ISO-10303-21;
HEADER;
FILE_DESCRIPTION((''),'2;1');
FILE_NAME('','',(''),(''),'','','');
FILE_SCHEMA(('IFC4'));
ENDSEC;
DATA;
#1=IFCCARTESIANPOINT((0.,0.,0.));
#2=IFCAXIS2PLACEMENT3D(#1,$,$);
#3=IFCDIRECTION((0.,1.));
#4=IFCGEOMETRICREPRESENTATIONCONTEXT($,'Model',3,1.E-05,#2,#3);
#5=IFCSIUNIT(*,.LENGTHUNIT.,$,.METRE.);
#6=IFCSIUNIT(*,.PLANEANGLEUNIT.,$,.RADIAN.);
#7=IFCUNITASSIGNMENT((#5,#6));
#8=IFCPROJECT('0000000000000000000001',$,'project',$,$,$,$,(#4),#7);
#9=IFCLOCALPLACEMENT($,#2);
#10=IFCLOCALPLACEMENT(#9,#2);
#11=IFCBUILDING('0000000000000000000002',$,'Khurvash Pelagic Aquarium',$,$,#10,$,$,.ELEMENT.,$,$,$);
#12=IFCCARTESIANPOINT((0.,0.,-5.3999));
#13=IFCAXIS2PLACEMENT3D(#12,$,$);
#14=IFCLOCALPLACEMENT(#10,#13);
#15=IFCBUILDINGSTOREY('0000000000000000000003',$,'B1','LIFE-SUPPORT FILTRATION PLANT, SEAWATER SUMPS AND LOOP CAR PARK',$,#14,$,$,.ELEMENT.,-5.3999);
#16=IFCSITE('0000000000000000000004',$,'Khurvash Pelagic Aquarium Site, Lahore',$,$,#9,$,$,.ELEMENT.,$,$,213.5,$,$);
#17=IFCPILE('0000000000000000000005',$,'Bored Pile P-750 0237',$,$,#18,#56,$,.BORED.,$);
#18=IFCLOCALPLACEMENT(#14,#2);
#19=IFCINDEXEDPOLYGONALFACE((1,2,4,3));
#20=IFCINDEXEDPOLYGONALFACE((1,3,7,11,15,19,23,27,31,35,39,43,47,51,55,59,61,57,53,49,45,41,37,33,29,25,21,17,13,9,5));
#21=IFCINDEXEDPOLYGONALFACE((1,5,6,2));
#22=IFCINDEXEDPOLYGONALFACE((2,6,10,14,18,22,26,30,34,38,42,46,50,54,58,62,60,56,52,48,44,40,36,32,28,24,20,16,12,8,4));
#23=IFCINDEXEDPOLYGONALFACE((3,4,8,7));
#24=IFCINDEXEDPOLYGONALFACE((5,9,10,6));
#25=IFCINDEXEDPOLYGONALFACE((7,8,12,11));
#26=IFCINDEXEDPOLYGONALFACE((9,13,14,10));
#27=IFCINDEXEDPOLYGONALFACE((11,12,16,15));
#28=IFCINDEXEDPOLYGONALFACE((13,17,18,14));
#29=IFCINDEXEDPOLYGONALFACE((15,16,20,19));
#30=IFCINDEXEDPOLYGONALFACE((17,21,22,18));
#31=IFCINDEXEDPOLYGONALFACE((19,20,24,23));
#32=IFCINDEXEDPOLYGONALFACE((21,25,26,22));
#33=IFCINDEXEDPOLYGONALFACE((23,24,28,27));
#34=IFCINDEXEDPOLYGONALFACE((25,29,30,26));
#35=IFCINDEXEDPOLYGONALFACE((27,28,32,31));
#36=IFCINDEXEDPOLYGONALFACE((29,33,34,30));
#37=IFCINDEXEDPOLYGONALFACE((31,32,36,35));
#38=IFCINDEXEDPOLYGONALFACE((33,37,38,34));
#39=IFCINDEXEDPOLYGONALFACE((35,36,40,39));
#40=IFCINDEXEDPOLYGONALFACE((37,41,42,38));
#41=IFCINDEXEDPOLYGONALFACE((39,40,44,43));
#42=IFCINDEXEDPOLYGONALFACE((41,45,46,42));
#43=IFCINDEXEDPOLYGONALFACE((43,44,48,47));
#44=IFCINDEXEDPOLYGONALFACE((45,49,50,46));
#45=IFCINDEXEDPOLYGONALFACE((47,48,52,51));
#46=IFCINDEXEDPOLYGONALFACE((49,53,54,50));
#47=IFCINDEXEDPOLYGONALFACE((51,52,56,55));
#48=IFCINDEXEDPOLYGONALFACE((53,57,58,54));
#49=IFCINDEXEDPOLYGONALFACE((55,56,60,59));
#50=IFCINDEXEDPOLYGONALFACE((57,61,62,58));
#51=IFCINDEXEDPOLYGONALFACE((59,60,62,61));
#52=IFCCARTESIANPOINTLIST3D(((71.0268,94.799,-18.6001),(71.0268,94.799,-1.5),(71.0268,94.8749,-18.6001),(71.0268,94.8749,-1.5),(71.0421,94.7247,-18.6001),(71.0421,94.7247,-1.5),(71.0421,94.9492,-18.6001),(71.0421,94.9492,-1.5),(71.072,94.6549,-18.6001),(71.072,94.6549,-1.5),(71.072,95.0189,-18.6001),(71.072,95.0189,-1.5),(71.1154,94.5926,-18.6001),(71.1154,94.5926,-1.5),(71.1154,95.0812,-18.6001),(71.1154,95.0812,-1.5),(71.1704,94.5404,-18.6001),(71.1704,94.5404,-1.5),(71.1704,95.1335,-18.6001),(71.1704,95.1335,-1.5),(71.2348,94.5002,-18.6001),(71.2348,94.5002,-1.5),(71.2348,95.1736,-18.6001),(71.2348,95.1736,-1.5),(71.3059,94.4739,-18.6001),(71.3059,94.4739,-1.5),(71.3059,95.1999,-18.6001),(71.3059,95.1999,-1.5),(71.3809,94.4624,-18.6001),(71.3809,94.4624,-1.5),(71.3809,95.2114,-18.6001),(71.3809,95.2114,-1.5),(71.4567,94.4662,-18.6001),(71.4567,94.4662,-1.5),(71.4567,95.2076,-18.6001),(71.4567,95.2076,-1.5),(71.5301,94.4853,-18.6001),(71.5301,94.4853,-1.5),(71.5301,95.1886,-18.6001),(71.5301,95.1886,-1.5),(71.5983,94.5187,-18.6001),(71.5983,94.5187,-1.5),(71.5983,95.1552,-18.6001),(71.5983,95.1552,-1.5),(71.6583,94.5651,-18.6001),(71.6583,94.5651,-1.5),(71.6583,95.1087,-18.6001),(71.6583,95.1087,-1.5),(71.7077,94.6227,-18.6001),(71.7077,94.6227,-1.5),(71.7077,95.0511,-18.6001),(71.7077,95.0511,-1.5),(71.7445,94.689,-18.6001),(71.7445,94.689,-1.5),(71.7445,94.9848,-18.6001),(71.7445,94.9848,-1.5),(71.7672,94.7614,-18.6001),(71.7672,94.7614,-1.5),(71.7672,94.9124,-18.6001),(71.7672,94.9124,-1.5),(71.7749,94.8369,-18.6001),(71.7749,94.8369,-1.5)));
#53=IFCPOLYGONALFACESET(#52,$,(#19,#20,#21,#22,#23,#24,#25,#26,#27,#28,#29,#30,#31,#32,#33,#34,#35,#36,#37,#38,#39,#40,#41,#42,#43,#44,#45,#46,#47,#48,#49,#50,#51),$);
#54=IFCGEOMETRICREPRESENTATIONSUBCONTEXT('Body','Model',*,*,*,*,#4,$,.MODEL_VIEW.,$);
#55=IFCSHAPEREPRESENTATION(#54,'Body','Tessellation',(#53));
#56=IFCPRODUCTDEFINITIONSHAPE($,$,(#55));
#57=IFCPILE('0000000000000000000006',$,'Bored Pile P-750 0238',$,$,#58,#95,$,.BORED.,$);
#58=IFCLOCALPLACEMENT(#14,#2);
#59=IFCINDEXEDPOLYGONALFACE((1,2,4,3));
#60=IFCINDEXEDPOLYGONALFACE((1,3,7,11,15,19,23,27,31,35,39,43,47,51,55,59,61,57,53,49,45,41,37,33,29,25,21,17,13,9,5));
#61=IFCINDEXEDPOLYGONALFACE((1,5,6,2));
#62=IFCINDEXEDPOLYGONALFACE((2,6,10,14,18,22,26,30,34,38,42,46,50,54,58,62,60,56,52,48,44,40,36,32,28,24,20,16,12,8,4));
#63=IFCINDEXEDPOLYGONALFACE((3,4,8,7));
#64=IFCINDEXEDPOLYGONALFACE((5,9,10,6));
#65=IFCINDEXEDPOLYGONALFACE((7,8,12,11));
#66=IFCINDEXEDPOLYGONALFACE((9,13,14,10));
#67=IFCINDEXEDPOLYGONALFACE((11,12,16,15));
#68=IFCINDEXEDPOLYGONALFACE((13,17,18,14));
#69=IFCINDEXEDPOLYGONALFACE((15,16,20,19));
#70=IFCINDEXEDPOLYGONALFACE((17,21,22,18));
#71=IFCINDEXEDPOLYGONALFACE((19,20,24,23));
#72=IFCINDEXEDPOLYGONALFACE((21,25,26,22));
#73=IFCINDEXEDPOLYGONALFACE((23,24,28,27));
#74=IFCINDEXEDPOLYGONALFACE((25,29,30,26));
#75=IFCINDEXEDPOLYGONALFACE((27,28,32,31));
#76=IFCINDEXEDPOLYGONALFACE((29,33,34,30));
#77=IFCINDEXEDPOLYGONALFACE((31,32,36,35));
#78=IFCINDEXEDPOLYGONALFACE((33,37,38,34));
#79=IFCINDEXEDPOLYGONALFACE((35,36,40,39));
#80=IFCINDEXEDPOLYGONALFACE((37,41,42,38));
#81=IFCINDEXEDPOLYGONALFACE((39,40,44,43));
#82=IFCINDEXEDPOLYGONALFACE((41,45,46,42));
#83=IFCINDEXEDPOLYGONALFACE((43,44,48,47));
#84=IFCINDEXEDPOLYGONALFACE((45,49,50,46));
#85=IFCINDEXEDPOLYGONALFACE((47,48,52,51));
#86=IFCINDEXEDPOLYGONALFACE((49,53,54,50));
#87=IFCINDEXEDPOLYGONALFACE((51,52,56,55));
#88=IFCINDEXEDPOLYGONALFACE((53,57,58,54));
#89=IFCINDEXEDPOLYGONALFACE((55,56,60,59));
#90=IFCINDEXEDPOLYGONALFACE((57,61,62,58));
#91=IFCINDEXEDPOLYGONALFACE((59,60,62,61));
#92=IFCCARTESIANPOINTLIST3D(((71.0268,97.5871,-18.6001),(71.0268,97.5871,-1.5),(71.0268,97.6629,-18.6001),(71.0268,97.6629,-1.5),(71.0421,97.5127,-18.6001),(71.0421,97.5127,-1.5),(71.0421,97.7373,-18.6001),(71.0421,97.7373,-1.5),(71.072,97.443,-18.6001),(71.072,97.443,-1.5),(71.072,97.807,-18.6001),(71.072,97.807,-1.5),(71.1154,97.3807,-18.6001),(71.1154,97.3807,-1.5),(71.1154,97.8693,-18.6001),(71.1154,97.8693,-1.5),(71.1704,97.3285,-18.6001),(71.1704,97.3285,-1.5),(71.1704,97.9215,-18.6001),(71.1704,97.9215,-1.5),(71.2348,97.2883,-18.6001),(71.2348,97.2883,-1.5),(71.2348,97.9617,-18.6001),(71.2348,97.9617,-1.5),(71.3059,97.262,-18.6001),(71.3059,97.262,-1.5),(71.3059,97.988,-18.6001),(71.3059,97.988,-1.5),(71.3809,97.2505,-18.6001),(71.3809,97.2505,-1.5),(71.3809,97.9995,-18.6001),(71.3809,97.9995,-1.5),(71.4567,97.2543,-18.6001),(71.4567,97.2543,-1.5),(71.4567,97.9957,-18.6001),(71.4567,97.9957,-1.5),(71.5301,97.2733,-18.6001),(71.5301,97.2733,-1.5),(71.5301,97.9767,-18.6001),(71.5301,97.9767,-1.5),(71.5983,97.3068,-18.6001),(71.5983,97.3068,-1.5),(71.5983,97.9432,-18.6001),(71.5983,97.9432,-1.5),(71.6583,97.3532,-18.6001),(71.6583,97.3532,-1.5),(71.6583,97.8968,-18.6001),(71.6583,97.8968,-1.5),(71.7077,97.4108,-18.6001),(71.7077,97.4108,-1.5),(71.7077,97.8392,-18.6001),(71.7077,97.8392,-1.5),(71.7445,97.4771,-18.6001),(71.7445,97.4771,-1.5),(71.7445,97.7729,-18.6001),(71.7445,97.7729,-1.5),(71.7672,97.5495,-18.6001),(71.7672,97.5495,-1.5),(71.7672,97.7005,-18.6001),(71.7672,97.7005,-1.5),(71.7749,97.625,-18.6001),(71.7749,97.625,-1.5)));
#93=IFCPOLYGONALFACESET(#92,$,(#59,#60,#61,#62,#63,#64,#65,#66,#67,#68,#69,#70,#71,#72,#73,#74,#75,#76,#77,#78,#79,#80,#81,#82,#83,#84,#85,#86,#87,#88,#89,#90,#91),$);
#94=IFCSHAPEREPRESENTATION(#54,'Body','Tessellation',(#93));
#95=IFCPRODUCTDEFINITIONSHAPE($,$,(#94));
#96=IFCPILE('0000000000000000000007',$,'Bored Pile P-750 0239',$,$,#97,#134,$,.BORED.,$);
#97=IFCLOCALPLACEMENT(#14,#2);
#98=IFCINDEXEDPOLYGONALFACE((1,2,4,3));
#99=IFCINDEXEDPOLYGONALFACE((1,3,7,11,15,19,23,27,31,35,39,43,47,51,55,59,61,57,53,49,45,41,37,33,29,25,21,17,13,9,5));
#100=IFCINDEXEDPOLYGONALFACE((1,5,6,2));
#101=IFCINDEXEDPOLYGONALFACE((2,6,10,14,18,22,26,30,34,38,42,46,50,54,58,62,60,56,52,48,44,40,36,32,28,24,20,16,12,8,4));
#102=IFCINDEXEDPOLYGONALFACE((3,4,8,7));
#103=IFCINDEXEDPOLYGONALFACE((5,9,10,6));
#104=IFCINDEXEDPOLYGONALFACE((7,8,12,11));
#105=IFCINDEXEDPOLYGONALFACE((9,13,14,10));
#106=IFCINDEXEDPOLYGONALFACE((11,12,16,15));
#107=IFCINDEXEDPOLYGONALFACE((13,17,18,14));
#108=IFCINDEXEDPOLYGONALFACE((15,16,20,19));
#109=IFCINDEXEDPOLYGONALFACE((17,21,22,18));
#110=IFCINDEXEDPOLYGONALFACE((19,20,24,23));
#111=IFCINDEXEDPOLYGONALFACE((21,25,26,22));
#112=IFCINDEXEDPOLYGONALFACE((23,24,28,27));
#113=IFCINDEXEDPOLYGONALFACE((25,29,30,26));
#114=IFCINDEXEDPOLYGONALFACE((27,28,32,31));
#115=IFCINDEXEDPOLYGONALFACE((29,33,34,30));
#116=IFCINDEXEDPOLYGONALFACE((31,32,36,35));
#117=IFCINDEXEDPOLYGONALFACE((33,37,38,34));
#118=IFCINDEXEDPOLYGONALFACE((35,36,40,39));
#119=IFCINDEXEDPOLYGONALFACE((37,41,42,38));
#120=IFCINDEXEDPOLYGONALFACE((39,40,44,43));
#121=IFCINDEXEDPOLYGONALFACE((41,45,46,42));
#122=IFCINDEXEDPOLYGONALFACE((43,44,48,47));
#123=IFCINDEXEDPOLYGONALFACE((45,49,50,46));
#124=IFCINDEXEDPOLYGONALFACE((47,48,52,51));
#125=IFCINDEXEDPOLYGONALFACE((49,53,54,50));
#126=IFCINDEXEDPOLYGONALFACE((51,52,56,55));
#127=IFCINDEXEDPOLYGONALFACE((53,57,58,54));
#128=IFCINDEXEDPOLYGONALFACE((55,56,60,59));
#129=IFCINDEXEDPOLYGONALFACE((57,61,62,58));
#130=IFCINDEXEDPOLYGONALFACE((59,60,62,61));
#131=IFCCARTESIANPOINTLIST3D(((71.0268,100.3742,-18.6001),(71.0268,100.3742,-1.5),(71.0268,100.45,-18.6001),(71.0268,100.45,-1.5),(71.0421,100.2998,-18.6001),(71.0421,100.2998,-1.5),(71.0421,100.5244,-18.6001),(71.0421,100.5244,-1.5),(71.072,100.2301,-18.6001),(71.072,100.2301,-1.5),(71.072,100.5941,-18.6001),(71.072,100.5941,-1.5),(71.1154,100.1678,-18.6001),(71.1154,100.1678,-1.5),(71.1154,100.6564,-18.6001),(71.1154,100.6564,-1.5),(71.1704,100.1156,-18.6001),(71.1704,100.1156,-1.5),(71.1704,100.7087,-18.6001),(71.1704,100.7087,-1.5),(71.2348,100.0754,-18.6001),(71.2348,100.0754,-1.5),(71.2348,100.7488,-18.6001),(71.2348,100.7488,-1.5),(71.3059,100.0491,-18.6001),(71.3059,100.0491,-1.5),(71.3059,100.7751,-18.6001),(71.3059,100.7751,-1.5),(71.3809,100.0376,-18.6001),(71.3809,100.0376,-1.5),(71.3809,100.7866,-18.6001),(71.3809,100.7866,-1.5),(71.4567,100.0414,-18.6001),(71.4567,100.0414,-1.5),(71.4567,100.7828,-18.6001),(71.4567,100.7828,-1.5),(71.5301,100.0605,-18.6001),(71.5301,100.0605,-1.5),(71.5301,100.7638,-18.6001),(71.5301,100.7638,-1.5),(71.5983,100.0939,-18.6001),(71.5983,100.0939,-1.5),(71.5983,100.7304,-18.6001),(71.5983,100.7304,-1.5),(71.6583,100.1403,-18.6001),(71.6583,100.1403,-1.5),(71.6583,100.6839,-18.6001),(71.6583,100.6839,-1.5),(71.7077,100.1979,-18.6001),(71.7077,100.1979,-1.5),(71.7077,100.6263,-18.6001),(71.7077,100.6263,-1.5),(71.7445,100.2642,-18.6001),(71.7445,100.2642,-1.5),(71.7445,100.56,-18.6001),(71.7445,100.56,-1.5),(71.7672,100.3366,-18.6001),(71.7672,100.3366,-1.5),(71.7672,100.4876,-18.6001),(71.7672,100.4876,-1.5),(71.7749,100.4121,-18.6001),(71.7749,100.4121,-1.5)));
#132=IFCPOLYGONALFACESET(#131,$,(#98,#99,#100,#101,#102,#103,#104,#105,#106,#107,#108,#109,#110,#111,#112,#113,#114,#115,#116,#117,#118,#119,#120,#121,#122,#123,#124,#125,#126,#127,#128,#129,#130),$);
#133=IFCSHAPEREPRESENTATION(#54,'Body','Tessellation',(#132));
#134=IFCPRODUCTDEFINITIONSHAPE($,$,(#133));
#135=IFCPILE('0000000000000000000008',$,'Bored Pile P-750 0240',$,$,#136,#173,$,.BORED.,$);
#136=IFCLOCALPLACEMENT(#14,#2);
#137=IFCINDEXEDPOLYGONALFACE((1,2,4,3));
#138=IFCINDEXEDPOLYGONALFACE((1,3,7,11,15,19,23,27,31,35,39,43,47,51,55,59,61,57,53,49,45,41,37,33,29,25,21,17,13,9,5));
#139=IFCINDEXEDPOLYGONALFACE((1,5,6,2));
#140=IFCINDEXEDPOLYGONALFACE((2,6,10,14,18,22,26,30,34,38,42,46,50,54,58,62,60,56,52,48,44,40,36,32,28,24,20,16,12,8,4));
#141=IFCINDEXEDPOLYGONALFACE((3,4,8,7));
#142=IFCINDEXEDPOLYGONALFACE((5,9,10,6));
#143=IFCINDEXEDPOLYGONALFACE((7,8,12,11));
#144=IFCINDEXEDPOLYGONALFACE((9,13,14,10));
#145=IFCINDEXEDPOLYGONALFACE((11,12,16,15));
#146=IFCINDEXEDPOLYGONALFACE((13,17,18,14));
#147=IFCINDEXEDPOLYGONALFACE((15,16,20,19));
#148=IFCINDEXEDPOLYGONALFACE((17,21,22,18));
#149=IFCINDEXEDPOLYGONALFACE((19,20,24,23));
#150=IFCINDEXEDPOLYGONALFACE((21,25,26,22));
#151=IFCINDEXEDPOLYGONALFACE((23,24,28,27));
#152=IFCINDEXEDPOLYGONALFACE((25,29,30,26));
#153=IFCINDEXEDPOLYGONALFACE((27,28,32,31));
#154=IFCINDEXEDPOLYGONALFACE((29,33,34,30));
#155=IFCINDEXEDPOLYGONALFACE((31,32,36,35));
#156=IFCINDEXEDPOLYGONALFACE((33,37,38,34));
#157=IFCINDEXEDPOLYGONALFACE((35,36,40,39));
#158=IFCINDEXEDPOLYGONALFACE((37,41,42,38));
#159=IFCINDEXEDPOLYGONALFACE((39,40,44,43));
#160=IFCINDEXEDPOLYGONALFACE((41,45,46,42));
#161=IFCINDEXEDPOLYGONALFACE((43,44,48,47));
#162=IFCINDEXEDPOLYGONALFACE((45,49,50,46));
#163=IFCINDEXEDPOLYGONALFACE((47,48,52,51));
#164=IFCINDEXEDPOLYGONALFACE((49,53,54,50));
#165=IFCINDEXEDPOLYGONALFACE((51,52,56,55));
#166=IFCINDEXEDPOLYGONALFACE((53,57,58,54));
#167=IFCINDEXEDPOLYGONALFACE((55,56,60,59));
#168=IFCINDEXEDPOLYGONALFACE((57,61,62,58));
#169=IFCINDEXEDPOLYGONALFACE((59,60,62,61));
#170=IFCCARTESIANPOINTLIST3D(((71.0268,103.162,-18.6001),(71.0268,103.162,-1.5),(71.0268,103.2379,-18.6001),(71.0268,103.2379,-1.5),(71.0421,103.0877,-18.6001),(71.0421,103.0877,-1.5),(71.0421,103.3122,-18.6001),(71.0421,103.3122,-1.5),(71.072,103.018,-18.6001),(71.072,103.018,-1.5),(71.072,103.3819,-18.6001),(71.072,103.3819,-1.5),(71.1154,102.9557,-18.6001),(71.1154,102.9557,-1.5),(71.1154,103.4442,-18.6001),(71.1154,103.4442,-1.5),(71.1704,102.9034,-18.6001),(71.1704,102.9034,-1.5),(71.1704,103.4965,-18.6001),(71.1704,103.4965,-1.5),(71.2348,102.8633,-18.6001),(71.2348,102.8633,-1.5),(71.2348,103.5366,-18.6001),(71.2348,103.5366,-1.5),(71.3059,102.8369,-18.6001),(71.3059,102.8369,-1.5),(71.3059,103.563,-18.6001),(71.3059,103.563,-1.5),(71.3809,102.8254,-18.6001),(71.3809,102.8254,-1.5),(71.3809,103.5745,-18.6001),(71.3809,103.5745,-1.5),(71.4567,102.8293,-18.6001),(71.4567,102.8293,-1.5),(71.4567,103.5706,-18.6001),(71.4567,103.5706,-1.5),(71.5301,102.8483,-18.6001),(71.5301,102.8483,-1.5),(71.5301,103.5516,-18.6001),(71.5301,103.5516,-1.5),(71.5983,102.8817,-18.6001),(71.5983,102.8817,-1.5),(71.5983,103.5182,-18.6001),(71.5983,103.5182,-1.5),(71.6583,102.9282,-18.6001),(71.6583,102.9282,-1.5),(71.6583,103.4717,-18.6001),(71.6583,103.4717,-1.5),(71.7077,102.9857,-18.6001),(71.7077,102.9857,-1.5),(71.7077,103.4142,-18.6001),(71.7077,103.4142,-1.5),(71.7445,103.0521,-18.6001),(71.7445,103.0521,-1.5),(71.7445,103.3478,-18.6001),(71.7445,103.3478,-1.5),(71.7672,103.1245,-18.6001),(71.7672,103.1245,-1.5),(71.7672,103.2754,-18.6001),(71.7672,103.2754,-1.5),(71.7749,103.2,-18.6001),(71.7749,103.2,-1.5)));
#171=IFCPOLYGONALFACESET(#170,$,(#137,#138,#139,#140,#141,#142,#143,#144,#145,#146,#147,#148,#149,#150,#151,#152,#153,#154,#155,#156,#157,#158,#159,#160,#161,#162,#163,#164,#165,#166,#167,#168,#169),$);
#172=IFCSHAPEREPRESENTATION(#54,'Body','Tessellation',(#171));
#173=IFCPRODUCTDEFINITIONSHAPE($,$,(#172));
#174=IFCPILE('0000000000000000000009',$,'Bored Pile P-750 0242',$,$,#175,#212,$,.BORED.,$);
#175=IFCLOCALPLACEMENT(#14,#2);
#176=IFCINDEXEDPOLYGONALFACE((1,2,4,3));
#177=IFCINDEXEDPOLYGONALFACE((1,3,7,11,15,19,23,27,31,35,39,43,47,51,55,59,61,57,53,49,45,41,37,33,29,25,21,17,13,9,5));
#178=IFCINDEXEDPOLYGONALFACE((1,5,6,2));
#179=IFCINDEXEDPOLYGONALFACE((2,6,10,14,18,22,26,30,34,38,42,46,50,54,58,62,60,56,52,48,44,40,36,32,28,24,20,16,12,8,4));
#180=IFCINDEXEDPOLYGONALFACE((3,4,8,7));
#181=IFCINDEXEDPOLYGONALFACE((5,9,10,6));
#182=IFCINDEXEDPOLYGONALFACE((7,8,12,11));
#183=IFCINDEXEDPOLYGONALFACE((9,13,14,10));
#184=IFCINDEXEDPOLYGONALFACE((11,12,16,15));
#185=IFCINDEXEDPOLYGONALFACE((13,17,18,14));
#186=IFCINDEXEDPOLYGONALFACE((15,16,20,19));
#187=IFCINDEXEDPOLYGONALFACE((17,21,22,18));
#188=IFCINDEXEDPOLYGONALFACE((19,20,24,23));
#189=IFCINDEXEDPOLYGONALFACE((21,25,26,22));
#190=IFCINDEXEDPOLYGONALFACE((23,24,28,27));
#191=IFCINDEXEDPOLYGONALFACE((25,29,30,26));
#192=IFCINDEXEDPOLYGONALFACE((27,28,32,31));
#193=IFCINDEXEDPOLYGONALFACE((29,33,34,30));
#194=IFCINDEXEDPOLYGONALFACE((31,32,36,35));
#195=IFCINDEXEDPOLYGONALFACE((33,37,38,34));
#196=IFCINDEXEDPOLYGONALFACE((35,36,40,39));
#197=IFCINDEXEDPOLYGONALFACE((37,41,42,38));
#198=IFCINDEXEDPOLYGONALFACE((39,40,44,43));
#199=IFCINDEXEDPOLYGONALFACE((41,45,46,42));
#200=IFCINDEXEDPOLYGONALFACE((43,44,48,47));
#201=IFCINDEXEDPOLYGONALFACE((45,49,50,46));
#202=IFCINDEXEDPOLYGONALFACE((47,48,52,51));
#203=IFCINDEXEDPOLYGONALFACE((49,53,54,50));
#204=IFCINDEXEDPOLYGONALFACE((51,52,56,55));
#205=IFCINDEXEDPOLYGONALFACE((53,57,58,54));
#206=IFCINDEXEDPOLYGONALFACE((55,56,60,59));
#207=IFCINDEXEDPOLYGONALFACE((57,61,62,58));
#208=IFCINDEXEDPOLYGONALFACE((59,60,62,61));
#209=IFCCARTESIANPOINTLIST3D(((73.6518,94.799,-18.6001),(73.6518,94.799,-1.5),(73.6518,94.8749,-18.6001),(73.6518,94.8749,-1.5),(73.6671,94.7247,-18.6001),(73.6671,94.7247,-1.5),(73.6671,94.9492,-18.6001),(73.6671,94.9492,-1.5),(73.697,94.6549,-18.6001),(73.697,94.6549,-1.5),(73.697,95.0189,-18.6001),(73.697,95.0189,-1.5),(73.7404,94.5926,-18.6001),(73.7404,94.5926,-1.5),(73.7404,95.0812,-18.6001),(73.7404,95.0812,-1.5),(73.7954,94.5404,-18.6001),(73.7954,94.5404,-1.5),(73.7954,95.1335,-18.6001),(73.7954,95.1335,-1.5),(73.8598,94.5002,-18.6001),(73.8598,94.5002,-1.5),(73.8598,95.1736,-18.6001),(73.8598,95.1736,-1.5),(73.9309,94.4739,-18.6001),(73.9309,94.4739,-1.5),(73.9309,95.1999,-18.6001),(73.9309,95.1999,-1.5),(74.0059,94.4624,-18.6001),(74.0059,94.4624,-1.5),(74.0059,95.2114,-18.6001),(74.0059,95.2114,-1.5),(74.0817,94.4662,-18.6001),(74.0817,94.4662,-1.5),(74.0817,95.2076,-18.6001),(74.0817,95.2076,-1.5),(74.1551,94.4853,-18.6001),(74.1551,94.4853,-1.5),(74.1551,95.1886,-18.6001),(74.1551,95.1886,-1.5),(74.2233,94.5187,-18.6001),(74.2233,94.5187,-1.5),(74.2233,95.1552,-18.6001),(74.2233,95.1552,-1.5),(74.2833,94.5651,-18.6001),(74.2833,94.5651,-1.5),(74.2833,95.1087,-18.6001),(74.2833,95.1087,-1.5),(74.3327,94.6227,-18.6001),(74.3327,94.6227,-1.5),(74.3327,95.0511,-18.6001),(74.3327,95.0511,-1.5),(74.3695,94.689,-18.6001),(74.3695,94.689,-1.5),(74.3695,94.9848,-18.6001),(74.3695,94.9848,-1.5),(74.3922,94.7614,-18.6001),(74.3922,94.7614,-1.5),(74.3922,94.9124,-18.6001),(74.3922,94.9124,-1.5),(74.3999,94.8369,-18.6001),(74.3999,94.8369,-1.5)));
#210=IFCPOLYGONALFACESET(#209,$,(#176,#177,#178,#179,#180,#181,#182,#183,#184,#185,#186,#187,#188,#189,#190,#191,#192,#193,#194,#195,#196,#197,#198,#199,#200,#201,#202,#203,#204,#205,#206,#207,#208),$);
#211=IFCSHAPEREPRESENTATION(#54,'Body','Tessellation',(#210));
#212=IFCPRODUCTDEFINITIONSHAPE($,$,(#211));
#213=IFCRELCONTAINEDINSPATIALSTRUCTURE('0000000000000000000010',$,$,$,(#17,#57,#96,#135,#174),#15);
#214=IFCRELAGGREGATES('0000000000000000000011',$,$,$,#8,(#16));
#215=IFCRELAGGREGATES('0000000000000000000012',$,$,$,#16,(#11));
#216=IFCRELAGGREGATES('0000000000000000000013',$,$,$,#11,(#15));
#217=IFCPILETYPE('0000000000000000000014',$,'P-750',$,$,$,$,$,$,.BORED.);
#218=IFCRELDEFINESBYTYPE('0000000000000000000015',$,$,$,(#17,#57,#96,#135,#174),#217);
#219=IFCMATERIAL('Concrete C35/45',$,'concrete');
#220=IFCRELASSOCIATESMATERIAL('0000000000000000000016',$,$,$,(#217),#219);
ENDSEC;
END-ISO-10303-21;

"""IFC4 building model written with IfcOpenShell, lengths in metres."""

from ifc_helpers import new_model, si_unit, direction, frame, origin, origin_2d, place, context, subcontext, project, spatial, circle, extrude, material, material_profile, profile_set, type_object, element, save


model = new_model("IFC4")

# Units and contexts
model_context = context("Model", 3, precision=1e-05, world=origin(), true_north=direction((0.0, 1.0)))
body_context = subcontext(model_context, "Body", "Model", "MODEL_VIEW")
ifc_project = project(units=[si_unit("LENGTHUNIT", "METRE"), si_unit("PLANEANGLEUNIT", "RADIAN")], contexts=[model_context])

# Site, building, storey
site_placement = place(None, origin())
site = spatial("IfcSite", under=ifc_project, at=site_placement, Name="Khurvash Pelagic Aquarium Site, Lahore", CompositionType="ELEMENT", RefElevation=213.5)
building_placement = place(site_placement, origin())
building = spatial("IfcBuilding", under=site, at=building_placement, Name="Khurvash Pelagic Aquarium", CompositionType="ELEMENT")
storey_placement = place(building_placement, frame((0.0, 0.0, -5.3999)))
storey = spatial("IfcBuildingStorey", under=building, at=storey_placement, Name="B1", Description="LIFE-SUPPORT FILTRATION PLANT, SEAWATER SUMPS AND LOOP CAR PARK", CompositionType="ELEMENT", Elevation=-5.3999)

# Shared definitions
ifc_material_1 = material(Name="Concrete C35/45", Category="concrete")

# Piles
ifc_material_profile_1 = material_profile(ifc_material_1, circle(Radius=0.375, at=origin_2d()), Name="PILE750")
ifc_profile_set_1 = profile_set([ifc_material_profile_1], Name="Concrete C35/45")
pile_type = type_object("IfcPileType", Name="P-750", PredefinedType="BORED", material=ifc_profile_set_1)
for number, where, z_axis, x_axis, name in (
    (1, (71.3999, 94.8369, -1.5), (0.0, 0.0, -1.0), (1.0, 0.0, 0.0), "Bored Pile P-750 0237"),
    (2, (71.3999, 97.625, -1.5), (0.0, 0.0, -1.0), (1.0, 0.0, 0.0), "Bored Pile P-750 0238"),
    (3, (71.3999, 100.4121, -1.5), (0.0, 0.0, -1.0), (1.0, 0.0, 0.0), "Bored Pile P-750 0239"),
    (4, (71.3999, 103.2, -1.5), (0.0, 0.0, -1.0), (1.0, 0.0, 0.0), "Bored Pile P-750 0240"),
    (5, (74.0249, 94.8369, -1.5), (0.0, 0.0, -1.0), (1.0, 0.0, 0.0), "Bored Pile P-750 0242"),
):
    element("IfcPile", number, at=place(storey_placement, frame(where, z_axis=z_axis, x_axis=x_axis)), inside=storey, type_object=pile_type, Name=name, PredefinedType="BORED", context=body_context, shape_type="SweptSolid", body=[
        extrude(circle(Radius=0.375, at=origin_2d()), origin(), (0.0, 0.0, 1.0), 17.1001),
    ])

save(model, "model.ifc")
